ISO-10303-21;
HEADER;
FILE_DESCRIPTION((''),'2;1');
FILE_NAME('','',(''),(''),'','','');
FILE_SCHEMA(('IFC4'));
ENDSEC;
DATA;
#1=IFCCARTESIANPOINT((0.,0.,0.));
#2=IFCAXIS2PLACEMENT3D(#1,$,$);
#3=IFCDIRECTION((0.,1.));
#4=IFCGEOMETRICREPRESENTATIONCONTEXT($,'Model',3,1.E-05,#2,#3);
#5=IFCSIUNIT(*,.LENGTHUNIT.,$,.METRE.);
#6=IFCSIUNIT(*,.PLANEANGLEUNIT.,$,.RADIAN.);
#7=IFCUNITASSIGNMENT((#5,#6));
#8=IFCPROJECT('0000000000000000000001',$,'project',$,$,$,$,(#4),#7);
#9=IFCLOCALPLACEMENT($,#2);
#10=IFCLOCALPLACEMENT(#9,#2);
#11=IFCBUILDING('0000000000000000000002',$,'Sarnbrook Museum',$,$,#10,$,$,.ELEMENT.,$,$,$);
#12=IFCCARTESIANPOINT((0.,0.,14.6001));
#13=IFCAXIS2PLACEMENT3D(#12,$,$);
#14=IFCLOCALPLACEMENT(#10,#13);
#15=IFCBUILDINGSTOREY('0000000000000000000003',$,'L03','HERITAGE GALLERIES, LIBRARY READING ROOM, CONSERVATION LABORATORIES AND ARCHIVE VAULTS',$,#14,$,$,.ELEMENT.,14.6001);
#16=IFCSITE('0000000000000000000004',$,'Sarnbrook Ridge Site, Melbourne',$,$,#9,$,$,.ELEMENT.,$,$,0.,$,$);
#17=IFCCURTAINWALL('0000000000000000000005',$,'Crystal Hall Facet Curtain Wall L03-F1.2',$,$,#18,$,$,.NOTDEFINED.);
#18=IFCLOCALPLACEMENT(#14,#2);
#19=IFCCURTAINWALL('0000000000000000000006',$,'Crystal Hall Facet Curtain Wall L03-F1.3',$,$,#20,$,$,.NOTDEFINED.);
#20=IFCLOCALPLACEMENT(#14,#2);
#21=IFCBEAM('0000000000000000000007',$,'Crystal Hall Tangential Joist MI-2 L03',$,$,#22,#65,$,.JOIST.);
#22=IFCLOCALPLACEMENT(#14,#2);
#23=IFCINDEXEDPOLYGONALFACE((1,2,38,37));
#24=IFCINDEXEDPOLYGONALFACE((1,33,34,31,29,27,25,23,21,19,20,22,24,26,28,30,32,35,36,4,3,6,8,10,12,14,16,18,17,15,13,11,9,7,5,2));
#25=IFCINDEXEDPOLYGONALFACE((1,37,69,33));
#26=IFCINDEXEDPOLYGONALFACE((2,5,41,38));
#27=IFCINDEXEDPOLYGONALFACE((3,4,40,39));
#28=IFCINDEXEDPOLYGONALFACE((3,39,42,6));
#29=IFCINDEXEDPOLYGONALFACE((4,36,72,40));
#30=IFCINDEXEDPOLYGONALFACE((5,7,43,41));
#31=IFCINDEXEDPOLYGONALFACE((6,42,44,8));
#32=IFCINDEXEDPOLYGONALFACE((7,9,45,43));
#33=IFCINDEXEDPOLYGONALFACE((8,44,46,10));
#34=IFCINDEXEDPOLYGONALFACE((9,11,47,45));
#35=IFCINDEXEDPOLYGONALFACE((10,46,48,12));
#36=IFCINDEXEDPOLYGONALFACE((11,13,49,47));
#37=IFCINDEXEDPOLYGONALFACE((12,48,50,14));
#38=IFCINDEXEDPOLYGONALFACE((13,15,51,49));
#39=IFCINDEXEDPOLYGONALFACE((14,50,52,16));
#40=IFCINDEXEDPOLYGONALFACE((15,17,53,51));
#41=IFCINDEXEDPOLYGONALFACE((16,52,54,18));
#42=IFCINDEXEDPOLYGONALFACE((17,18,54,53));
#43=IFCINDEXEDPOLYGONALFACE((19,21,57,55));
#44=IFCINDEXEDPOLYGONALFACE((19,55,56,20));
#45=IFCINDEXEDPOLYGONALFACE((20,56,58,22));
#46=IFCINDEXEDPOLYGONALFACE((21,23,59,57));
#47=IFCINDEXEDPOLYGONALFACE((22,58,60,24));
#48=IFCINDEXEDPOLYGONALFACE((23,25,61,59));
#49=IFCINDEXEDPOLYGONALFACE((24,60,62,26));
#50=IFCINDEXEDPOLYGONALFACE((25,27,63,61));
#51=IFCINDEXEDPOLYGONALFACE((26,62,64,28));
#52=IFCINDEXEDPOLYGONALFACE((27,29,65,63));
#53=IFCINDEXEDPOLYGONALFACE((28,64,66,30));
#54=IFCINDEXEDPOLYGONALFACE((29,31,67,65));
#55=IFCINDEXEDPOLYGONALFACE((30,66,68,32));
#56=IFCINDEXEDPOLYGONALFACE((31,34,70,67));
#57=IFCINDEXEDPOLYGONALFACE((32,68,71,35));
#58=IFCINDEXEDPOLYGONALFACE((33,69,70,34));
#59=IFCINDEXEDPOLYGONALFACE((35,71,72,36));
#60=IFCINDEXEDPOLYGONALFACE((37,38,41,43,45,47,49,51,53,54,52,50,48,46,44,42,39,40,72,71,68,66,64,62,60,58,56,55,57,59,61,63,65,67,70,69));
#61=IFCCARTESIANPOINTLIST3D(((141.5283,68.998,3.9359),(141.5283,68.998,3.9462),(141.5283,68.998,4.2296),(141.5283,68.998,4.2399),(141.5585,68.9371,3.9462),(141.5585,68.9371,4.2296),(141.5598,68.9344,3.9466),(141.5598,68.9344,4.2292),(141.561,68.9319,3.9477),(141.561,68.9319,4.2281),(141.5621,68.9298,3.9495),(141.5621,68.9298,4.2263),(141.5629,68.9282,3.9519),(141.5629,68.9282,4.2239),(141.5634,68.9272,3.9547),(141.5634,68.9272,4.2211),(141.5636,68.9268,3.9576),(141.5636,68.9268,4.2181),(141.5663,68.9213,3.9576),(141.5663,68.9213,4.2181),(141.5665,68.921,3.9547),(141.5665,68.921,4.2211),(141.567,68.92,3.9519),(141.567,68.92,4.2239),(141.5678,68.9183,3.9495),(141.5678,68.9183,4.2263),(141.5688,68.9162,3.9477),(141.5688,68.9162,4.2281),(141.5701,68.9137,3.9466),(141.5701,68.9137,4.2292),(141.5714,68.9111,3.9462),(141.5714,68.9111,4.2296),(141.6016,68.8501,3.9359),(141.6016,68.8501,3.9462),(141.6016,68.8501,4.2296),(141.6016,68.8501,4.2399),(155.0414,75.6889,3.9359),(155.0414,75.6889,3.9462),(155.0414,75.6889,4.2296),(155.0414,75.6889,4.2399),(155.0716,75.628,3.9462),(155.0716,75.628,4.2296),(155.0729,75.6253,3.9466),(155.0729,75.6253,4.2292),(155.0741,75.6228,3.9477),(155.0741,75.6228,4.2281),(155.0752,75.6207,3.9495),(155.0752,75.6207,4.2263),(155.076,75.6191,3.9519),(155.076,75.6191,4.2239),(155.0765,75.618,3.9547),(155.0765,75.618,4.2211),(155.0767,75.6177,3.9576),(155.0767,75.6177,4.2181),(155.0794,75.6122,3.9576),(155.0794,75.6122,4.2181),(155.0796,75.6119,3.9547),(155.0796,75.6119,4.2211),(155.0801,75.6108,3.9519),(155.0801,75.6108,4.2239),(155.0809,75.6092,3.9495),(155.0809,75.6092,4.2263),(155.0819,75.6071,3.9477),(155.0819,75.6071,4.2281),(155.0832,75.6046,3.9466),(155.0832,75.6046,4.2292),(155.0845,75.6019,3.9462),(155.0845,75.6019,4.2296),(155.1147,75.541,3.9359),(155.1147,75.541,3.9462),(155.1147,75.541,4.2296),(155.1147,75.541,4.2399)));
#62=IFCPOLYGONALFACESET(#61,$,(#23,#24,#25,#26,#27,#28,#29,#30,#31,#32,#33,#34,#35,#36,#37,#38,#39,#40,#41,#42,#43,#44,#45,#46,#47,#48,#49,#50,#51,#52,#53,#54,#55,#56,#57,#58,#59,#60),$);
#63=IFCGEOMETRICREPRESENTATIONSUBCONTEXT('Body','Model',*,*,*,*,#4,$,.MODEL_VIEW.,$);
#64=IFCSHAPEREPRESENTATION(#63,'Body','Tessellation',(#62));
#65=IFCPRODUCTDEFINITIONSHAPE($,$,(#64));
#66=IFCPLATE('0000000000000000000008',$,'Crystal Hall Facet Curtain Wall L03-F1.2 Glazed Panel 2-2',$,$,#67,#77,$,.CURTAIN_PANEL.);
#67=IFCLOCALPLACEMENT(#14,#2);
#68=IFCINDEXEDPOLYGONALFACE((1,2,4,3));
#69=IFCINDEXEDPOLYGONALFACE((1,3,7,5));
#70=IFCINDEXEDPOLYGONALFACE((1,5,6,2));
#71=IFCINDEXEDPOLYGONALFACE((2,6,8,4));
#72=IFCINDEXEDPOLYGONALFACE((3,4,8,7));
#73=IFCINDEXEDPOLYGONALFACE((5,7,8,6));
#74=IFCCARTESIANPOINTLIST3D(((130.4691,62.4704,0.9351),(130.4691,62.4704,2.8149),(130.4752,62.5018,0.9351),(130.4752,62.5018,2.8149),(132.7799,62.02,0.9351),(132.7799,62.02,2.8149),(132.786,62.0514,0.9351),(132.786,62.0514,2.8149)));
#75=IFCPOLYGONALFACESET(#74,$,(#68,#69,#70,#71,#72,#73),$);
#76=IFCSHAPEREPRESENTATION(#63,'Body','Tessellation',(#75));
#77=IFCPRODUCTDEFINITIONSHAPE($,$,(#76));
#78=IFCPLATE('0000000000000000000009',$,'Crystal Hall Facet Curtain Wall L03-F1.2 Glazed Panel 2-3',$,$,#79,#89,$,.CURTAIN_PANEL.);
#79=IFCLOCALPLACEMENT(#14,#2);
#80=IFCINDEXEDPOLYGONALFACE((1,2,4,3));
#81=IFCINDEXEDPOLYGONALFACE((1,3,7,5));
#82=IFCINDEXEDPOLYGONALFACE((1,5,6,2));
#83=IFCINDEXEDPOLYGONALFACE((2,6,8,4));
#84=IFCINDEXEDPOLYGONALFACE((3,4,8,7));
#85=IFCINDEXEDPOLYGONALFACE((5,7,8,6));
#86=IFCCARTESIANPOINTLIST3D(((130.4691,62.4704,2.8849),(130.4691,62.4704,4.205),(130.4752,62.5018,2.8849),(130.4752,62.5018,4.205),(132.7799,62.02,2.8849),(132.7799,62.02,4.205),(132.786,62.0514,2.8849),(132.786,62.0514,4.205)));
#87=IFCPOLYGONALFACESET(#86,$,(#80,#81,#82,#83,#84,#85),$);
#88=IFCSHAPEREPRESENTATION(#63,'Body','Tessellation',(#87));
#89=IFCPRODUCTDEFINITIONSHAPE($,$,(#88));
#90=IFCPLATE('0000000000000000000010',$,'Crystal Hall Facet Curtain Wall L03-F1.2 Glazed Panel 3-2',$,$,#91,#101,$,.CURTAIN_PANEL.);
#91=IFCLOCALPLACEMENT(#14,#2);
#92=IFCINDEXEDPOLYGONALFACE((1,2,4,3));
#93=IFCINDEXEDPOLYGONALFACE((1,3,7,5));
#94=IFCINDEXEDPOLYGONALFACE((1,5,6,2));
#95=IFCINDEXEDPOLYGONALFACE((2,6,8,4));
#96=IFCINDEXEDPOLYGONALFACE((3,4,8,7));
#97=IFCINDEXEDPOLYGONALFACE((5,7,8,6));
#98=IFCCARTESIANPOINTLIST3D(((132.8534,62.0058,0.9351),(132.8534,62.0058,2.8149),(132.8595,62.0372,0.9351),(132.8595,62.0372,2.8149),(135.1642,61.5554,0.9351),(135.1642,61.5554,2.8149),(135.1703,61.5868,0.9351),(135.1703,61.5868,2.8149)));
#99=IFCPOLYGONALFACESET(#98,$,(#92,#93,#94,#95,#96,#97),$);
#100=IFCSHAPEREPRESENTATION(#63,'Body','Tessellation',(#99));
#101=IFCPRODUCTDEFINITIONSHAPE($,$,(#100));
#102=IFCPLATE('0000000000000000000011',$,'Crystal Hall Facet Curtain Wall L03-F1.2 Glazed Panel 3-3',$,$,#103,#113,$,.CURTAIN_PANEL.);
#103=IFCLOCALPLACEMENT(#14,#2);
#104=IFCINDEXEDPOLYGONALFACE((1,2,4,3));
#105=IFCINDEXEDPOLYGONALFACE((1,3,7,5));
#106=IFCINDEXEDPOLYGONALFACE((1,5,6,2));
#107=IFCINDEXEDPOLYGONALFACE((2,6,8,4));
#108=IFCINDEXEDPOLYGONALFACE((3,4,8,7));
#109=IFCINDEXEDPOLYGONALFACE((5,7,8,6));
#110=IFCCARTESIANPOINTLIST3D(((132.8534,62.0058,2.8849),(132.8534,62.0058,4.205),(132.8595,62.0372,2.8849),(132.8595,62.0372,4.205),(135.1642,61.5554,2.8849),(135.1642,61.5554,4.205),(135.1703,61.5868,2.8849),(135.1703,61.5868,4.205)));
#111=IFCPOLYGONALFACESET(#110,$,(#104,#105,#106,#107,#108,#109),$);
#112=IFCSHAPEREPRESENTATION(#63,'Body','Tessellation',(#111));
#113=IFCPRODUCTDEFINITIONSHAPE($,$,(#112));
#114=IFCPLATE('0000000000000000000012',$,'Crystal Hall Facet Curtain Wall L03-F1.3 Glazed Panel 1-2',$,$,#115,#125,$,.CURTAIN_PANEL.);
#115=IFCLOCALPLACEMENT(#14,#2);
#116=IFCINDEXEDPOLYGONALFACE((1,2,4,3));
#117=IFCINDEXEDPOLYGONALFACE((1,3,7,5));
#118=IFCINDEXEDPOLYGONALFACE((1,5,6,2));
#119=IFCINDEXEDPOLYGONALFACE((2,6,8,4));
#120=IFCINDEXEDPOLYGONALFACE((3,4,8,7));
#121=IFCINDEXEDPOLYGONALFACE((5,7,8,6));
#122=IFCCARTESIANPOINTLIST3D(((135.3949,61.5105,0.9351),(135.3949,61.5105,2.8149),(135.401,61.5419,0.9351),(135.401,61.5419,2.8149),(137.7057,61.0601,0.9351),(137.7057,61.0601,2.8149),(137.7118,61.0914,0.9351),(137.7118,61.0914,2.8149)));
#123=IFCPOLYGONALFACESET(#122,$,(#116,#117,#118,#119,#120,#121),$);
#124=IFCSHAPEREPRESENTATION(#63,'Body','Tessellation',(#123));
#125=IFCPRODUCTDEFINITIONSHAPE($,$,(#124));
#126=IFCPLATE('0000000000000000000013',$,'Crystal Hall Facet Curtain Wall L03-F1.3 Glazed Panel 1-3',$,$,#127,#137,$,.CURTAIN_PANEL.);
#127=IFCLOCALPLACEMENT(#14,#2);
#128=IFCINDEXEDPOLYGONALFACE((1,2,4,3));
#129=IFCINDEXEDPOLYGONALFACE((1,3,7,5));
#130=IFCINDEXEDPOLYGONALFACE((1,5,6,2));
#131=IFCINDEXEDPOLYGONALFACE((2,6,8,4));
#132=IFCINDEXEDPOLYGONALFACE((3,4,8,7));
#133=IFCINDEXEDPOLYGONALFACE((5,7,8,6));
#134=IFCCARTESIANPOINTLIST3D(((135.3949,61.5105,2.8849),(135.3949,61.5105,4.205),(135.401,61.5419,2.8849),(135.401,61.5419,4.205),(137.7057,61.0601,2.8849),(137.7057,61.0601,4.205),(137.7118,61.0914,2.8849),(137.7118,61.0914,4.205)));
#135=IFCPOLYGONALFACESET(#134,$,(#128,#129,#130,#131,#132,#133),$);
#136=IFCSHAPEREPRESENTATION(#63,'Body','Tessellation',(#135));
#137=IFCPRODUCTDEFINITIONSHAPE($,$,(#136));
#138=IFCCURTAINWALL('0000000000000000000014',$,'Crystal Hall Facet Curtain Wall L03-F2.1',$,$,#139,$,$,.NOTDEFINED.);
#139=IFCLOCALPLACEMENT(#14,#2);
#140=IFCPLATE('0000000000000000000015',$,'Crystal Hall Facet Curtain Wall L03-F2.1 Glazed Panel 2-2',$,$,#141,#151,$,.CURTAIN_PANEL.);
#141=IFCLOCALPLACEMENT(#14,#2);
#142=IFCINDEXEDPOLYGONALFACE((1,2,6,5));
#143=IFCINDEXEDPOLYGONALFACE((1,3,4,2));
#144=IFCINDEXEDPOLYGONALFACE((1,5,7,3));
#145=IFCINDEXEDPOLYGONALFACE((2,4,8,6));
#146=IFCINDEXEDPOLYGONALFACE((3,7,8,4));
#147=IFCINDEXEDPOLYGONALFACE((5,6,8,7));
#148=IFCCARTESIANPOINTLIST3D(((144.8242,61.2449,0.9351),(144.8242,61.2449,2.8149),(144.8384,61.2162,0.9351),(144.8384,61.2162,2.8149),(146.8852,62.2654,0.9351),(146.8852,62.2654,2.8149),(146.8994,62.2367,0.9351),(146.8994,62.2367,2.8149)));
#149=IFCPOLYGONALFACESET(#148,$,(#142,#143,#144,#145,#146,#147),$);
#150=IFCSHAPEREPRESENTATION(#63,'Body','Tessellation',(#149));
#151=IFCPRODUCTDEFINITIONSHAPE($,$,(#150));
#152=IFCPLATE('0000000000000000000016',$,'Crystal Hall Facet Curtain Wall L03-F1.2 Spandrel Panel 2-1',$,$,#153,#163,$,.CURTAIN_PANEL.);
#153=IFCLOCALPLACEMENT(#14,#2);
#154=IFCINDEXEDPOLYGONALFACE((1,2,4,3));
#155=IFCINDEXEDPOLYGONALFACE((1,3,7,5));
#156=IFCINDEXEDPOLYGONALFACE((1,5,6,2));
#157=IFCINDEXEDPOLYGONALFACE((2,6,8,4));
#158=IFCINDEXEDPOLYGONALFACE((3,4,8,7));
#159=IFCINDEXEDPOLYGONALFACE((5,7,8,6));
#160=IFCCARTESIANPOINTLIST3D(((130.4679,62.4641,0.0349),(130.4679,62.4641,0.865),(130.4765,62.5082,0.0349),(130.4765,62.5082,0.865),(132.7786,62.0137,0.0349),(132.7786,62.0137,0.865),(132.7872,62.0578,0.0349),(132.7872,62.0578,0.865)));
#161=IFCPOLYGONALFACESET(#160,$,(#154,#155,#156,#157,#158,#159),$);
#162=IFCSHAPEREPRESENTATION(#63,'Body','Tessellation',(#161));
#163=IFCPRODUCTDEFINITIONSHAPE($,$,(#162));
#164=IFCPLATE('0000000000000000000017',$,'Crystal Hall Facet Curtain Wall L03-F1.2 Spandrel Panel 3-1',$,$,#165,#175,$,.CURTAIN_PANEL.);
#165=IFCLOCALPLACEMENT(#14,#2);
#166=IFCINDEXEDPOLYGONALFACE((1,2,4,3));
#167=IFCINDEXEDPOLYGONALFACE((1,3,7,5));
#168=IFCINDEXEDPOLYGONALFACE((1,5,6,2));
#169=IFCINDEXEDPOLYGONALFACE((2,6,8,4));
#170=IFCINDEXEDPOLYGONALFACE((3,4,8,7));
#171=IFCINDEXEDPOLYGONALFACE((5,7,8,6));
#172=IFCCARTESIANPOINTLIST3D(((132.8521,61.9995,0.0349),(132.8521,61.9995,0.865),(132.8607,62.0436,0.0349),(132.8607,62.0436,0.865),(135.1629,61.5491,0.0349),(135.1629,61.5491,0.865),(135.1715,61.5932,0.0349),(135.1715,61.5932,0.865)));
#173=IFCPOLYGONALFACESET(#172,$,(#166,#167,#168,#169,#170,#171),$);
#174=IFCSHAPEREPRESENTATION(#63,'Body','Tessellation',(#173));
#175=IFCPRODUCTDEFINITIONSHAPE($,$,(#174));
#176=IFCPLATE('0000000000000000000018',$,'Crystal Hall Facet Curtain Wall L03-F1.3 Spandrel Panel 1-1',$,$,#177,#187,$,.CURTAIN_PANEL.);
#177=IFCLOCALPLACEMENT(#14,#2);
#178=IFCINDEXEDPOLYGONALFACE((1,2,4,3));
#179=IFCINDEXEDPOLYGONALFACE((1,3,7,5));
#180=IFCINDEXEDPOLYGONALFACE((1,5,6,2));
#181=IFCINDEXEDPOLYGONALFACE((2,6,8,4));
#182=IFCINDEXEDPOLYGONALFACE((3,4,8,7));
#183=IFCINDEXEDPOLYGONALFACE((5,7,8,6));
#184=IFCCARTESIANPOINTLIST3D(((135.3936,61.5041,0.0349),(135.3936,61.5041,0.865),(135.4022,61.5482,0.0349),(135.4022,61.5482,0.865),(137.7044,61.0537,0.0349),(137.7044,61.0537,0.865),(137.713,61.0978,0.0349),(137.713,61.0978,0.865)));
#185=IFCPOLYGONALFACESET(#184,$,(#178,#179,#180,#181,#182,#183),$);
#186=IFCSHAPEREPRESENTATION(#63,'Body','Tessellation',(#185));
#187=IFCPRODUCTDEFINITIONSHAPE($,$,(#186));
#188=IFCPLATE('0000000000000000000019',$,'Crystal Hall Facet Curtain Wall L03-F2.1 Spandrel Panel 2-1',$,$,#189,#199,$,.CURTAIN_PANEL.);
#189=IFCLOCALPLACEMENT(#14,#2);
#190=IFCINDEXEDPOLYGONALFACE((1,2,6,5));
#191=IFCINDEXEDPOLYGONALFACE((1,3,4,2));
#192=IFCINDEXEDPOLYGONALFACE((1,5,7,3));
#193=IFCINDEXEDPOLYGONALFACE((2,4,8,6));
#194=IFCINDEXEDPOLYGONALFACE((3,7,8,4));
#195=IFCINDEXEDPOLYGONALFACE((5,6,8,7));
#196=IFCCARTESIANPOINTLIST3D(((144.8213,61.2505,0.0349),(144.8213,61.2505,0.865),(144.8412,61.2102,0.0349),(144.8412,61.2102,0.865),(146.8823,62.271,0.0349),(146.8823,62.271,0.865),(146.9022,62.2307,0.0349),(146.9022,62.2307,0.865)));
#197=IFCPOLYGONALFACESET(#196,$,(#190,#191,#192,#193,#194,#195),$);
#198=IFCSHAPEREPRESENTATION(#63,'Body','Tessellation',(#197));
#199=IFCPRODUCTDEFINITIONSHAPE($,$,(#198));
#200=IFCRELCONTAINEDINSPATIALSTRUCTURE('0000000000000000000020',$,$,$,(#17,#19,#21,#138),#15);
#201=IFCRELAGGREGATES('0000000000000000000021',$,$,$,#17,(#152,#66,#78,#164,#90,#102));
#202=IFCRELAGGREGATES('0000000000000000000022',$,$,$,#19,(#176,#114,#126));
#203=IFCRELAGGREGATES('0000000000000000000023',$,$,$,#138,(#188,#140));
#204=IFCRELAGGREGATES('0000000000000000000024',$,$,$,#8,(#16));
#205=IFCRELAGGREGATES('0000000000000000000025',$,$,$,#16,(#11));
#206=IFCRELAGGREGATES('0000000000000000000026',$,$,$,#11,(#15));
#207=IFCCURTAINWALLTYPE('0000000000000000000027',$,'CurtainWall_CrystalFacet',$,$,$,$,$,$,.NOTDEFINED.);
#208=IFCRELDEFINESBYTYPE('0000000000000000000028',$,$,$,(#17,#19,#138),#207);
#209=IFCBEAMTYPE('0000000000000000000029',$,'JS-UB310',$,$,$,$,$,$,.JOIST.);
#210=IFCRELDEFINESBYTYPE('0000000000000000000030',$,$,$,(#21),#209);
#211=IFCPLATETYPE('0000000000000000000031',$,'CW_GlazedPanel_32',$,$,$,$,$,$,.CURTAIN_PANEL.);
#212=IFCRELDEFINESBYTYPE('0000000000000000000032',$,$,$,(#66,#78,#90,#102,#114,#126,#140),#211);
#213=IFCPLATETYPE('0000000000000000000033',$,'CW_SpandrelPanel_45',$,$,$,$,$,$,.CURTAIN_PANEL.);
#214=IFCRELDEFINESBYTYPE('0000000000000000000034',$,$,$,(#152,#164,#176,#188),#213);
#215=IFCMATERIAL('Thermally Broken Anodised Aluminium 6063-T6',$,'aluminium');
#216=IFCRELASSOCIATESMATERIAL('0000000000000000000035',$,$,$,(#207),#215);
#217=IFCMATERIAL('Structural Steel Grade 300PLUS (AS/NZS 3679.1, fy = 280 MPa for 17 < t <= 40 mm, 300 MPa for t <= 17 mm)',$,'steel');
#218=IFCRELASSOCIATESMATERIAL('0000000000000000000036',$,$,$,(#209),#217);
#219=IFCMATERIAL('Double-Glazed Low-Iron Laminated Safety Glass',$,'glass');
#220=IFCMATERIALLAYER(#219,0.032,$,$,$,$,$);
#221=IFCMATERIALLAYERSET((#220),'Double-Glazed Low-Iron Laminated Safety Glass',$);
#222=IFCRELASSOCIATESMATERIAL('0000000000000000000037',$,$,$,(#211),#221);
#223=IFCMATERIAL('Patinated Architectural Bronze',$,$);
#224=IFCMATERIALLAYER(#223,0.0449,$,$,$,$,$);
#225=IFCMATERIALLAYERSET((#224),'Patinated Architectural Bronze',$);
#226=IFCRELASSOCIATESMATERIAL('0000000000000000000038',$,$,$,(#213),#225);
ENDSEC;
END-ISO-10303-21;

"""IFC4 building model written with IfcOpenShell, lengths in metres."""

from ifc_helpers import new_model, si_unit, direction, frame, origin, origin_2d, place, context, subcontext, project, spatial, rectangle, i_section, extrude, material, layer, layer_set, material_profile, profile_set, type_object, element, aggregate, save


model = new_model("IFC4")

# Units and contexts
model_context = context("Model", 3, precision=1e-05, world=origin(), true_north=direction((0.0, 1.0)))
body_context = subcontext(model_context, "Body", "Model", "MODEL_VIEW")
ifc_project = project(units=[si_unit("LENGTHUNIT", "METRE"), si_unit("PLANEANGLEUNIT", "RADIAN")], contexts=[model_context])

# Site, building, storey
site_placement = place(None, origin())
site = spatial("IfcSite", under=ifc_project, at=site_placement, Name="Sarnbrook Ridge Site, Melbourne", CompositionType="ELEMENT", RefElevation=0.0)
building_placement = place(site_placement, origin())
building = spatial("IfcBuilding", under=site, at=building_placement, Name="Sarnbrook Museum", CompositionType="ELEMENT")
storey_placement = place(building_placement, frame((0.0, 0.0, 14.6001)))
storey = spatial("IfcBuildingStorey", under=building, at=storey_placement, Name="L03", Description="HERITAGE GALLERIES, LIBRARY READING ROOM, CONSERVATION LABORATORIES AND ARCHIVE VAULTS", CompositionType="ELEMENT", Elevation=14.6001)

# Curtain walls
ifc_material_1 = material(Name="Thermally Broken Anodised Aluminium 6063-T6", Category="aluminium")
curtain_wall_type = type_object("IfcCurtainWallType", Name="CurtainWall_CrystalFacet", PredefinedType="NOTDEFINED", material=ifc_material_1)
curtain_wall_1_placement = place(storey_placement, origin())
curtain_wall_1 = element("IfcCurtainWall", 1, at=curtain_wall_1_placement, inside=storey, type_object=curtain_wall_type, Name="Crystal Hall Facet Curtain Wall L03-F1.2", PredefinedType="NOTDEFINED")
curtain_wall_2_placement = place(storey_placement, origin())
curtain_wall_2 = element("IfcCurtainWall", 2, at=curtain_wall_2_placement, inside=storey, type_object=curtain_wall_type, Name="Crystal Hall Facet Curtain Wall L03-F1.3", PredefinedType="NOTDEFINED")

# Beam
ifc_material_2 = material(Name="Structural Steel Grade 300PLUS (AS/NZS 3679.1, fy = 280 MPa for 17 < t <= 40 mm, 300 MPa for t <= 17 mm)", Category="steel")
ifc_material_profile_1 = material_profile(ifc_material_2, i_section(OverallWidth=0.165, OverallDepth=0.304, WebThickness=0.0061, FlangeThickness=0.0103, FilletRadius=0.0115, at=origin_2d()), Name="310UB40.4")
ifc_profile_set_1 = profile_set([ifc_material_profile_1], Name="Structural Steel Grade 300PLUS (AS/NZS 3679.1, fy = 280 MPa for 17 < t <= 40 mm, 300 MPa for t <= 17 mm)")
beam_type_1 = type_object("IfcBeamType", Name="JS-UB310", PredefinedType="JOIST", material=ifc_profile_set_1)
beam_1_placement = place(storey_placement, frame((141.5649, 68.9241, 4.0879), z_axis=(0.896163, 0.443726, 0.0), x_axis=(-0.443726, 0.896163, 0.0)))
element("IfcBeam", 3, at=beam_1_placement, inside=storey, type_object=beam_type_1, Name="Crystal Hall Tangential Joist MI-2 L03", PredefinedType="JOIST", context=body_context, shape_type="SweptSolid", body=[
    extrude(i_section(OverallWidth=0.165, OverallDepth=0.304, WebThickness=0.0061, FlangeThickness=0.0103, FilletRadius=0.0115, at=origin_2d()), origin(), (0.0, 0.0, 1.0), 15.0789),
])

# Plates
ifc_material_3 = material(Name="Double-Glazed Low-Iron Laminated Safety Glass", Category="glass")
ifc_layer_1 = layer(ifc_material_3, 0.032)
ifc_layer_set_1 = layer_set([ifc_layer_1], Name="Double-Glazed Low-Iron Laminated Safety Glass")
plate_type_1 = type_object("IfcPlateType", Name="CW_GlazedPanel_32", PredefinedType="CURTAIN_PANEL", material=ifc_layer_set_1)
plate_1_placement = place(storey_placement, frame((131.6306, 62.2766, 1.875), z_axis=(-0.191314, -0.981529, 0.0), x_axis=(0.981529, -0.191314, 0.0)))
plate_1 = element("IfcPlate", 4, at=plate_1_placement, type_object=plate_type_1, Name="Crystal Hall Facet Curtain Wall L03-F1.2 Glazed Panel 2-2", PredefinedType="CURTAIN_PANEL", context=body_context, shape_type="SweptSolid", body=[
    extrude(rectangle(XDim=2.3542, YDim=1.8799, at=origin_2d()), origin(), (0.0, 0.0, 1.0), 0.032),
])
plate_2_placement = place(storey_placement, frame((131.6306, 62.2766, 3.5449), z_axis=(-0.191314, -0.981529, 0.0), x_axis=(0.981529, -0.191314, 0.0)))
plate_2 = element("IfcPlate", 5, at=plate_2_placement, type_object=plate_type_1, Name="Crystal Hall Facet Curtain Wall L03-F1.2 Glazed Panel 2-3", PredefinedType="CURTAIN_PANEL", context=body_context, shape_type="SweptSolid", body=[
    extrude(rectangle(XDim=2.3542, YDim=1.3201, at=origin_2d()), origin(), (0.0, 0.0, 1.0), 0.032),
])
plate_3_placement = place(storey_placement, frame((134.0149, 61.812, 1.875), z_axis=(-0.191314, -0.981529, 0.0), x_axis=(0.981529, -0.191314, 0.0)))
plate_3 = element("IfcPlate", 6, at=plate_3_placement, type_object=plate_type_1, Name="Crystal Hall Facet Curtain Wall L03-F1.2 Glazed Panel 3-2", PredefinedType="CURTAIN_PANEL", context=body_context, shape_type="SweptSolid", body=[
    extrude(rectangle(XDim=2.3542, YDim=1.8799, at=origin_2d()), origin(), (0.0, 0.0, 1.0), 0.032),
])
plate_4_placement = place(storey_placement, frame((134.0149, 61.812, 3.5449), z_axis=(-0.191314, -0.981529, 0.0), x_axis=(0.981529, -0.191314, 0.0)))
plate_4 = element("IfcPlate", 7, at=plate_4_placement, type_object=plate_type_1, Name="Crystal Hall Facet Curtain Wall L03-F1.2 Glazed Panel 3-3", PredefinedType="CURTAIN_PANEL", context=body_context, shape_type="SweptSolid", body=[
    extrude(rectangle(XDim=2.3542, YDim=1.3201, at=origin_2d()), origin(), (0.0, 0.0, 1.0), 0.032),
])
plate_5_placement = place(storey_placement, frame((136.5564, 61.3167, 1.875), z_axis=(-0.191314, -0.981529, 0.0), x_axis=(0.981529, -0.191314, 0.0)))
plate_5 = element("IfcPlate", 8, at=plate_5_placement, type_object=plate_type_1, Name="Crystal Hall Facet Curtain Wall L03-F1.3 Glazed Panel 1-2", PredefinedType="CURTAIN_PANEL", context=body_context, shape_type="SweptSolid", body=[
    extrude(rectangle(XDim=2.3542, YDim=1.8799, at=origin_2d()), origin(), (0.0, 0.0, 1.0), 0.032),
])
plate_6_placement = place(storey_placement, frame((136.5564, 61.3167, 3.5449), z_axis=(-0.191314, -0.981529, 0.0), x_axis=(0.981529, -0.191314, 0.0)))
plate_6 = element("IfcPlate", 9, at=plate_6_placement, type_object=plate_type_1, Name="Crystal Hall Facet Curtain Wall L03-F1.3 Glazed Panel 1-3", PredefinedType="CURTAIN_PANEL", context=body_context, shape_type="SweptSolid", body=[
    extrude(rectangle(XDim=2.3542, YDim=1.3201, at=origin_2d()), origin(), (0.0, 0.0, 1.0), 0.032),
])

# Curtain wall, plate
curtain_wall_3_placement = place(storey_placement, origin())
curtain_wall_3 = element("IfcCurtainWall", 10, at=curtain_wall_3_placement, inside=storey, type_object=curtain_wall_type, Name="Crystal Hall Facet Curtain Wall L03-F2.1", PredefinedType="NOTDEFINED")
plate_7_placement = place(storey_placement, frame((145.8547, 61.7551, 1.875), z_axis=(0.443731, -0.89616, 0.0), x_axis=(0.89616, 0.443731, 0.0)))
plate_7 = element("IfcPlate", 11, at=plate_7_placement, type_object=plate_type_1, Name="Crystal Hall Facet Curtain Wall L03-F2.1 Glazed Panel 2-2", PredefinedType="CURTAIN_PANEL", context=body_context, shape_type="SweptSolid", body=[
    extrude(rectangle(XDim=2.2998, YDim=1.8799, at=origin_2d()), origin(), (0.0, 0.0, 1.0), 0.032),
])

# Plates
ifc_material_4 = material(Name="Patinated Architectural Bronze")
ifc_layer_2 = layer(ifc_material_4, 0.0449)
ifc_layer_set_2 = layer_set([ifc_layer_2], Name="Patinated Architectural Bronze")
plate_type_2 = type_object("IfcPlateType", Name="CW_SpandrelPanel_45", PredefinedType="CURTAIN_PANEL", material=ifc_layer_set_2)
plate_8_placement = place(storey_placement, frame((131.6318, 62.283, 0.45), z_axis=(-0.191314, -0.981529, 0.0), x_axis=(0.981529, -0.191314, 0.0)))
plate_8 = element("IfcPlate", 12, at=plate_8_placement, type_object=plate_type_2, Name="Crystal Hall Facet Curtain Wall L03-F1.2 Spandrel Panel 2-1", PredefinedType="CURTAIN_PANEL", context=body_context, shape_type="SweptSolid", body=[
    extrude(rectangle(XDim=2.3542, YDim=0.8301, at=origin_2d()), origin(), (0.0, 0.0, 1.0), 0.0449),
])
plate_9_placement = place(storey_placement, frame((134.0161, 61.8184, 0.45), z_axis=(-0.191314, -0.981529, 0.0), x_axis=(0.981529, -0.191314, 0.0)))
plate_9 = element("IfcPlate", 13, at=plate_9_placement, type_object=plate_type_2, Name="Crystal Hall Facet Curtain Wall L03-F1.2 Spandrel Panel 3-1", PredefinedType="CURTAIN_PANEL", context=body_context, shape_type="SweptSolid", body=[
    extrude(rectangle(XDim=2.3542, YDim=0.8301, at=origin_2d()), origin(), (0.0, 0.0, 1.0), 0.0449),
])
aggregate(curtain_wall_1, [plate_8, plate_1, plate_2, plate_9, plate_3, plate_4])
plate_10_placement = place(storey_placement, frame((136.5576, 61.323, 0.45), z_axis=(-0.191314, -0.981529, 0.0), x_axis=(0.981529, -0.191314, 0.0)))
plate_10 = element("IfcPlate", 14, at=plate_10_placement, type_object=plate_type_2, Name="Crystal Hall Facet Curtain Wall L03-F1.3 Spandrel Panel 1-1", PredefinedType="CURTAIN_PANEL", context=body_context, shape_type="SweptSolid", body=[
    extrude(rectangle(XDim=2.3542, YDim=0.8301, at=origin_2d()), origin(), (0.0, 0.0, 1.0), 0.0449),
])
aggregate(curtain_wall_2, [plate_10, plate_5, plate_6])
plate_11_placement = place(storey_placement, frame((145.8518, 61.7607, 0.45), z_axis=(0.443731, -0.89616, 0.0), x_axis=(0.89616, 0.443731, 0.0)))
plate_11 = element("IfcPlate", 15, at=plate_11_placement, type_object=plate_type_2, Name="Crystal Hall Facet Curtain Wall L03-F2.1 Spandrel Panel 2-1", PredefinedType="CURTAIN_PANEL", context=body_context, shape_type="SweptSolid", body=[
    extrude(rectangle(XDim=2.2998, YDim=0.8301, at=origin_2d()), origin(), (0.0, 0.0, 1.0), 0.0449),
])
aggregate(curtain_wall_3, [plate_11, plate_7])

save(model, "model.ifc")
